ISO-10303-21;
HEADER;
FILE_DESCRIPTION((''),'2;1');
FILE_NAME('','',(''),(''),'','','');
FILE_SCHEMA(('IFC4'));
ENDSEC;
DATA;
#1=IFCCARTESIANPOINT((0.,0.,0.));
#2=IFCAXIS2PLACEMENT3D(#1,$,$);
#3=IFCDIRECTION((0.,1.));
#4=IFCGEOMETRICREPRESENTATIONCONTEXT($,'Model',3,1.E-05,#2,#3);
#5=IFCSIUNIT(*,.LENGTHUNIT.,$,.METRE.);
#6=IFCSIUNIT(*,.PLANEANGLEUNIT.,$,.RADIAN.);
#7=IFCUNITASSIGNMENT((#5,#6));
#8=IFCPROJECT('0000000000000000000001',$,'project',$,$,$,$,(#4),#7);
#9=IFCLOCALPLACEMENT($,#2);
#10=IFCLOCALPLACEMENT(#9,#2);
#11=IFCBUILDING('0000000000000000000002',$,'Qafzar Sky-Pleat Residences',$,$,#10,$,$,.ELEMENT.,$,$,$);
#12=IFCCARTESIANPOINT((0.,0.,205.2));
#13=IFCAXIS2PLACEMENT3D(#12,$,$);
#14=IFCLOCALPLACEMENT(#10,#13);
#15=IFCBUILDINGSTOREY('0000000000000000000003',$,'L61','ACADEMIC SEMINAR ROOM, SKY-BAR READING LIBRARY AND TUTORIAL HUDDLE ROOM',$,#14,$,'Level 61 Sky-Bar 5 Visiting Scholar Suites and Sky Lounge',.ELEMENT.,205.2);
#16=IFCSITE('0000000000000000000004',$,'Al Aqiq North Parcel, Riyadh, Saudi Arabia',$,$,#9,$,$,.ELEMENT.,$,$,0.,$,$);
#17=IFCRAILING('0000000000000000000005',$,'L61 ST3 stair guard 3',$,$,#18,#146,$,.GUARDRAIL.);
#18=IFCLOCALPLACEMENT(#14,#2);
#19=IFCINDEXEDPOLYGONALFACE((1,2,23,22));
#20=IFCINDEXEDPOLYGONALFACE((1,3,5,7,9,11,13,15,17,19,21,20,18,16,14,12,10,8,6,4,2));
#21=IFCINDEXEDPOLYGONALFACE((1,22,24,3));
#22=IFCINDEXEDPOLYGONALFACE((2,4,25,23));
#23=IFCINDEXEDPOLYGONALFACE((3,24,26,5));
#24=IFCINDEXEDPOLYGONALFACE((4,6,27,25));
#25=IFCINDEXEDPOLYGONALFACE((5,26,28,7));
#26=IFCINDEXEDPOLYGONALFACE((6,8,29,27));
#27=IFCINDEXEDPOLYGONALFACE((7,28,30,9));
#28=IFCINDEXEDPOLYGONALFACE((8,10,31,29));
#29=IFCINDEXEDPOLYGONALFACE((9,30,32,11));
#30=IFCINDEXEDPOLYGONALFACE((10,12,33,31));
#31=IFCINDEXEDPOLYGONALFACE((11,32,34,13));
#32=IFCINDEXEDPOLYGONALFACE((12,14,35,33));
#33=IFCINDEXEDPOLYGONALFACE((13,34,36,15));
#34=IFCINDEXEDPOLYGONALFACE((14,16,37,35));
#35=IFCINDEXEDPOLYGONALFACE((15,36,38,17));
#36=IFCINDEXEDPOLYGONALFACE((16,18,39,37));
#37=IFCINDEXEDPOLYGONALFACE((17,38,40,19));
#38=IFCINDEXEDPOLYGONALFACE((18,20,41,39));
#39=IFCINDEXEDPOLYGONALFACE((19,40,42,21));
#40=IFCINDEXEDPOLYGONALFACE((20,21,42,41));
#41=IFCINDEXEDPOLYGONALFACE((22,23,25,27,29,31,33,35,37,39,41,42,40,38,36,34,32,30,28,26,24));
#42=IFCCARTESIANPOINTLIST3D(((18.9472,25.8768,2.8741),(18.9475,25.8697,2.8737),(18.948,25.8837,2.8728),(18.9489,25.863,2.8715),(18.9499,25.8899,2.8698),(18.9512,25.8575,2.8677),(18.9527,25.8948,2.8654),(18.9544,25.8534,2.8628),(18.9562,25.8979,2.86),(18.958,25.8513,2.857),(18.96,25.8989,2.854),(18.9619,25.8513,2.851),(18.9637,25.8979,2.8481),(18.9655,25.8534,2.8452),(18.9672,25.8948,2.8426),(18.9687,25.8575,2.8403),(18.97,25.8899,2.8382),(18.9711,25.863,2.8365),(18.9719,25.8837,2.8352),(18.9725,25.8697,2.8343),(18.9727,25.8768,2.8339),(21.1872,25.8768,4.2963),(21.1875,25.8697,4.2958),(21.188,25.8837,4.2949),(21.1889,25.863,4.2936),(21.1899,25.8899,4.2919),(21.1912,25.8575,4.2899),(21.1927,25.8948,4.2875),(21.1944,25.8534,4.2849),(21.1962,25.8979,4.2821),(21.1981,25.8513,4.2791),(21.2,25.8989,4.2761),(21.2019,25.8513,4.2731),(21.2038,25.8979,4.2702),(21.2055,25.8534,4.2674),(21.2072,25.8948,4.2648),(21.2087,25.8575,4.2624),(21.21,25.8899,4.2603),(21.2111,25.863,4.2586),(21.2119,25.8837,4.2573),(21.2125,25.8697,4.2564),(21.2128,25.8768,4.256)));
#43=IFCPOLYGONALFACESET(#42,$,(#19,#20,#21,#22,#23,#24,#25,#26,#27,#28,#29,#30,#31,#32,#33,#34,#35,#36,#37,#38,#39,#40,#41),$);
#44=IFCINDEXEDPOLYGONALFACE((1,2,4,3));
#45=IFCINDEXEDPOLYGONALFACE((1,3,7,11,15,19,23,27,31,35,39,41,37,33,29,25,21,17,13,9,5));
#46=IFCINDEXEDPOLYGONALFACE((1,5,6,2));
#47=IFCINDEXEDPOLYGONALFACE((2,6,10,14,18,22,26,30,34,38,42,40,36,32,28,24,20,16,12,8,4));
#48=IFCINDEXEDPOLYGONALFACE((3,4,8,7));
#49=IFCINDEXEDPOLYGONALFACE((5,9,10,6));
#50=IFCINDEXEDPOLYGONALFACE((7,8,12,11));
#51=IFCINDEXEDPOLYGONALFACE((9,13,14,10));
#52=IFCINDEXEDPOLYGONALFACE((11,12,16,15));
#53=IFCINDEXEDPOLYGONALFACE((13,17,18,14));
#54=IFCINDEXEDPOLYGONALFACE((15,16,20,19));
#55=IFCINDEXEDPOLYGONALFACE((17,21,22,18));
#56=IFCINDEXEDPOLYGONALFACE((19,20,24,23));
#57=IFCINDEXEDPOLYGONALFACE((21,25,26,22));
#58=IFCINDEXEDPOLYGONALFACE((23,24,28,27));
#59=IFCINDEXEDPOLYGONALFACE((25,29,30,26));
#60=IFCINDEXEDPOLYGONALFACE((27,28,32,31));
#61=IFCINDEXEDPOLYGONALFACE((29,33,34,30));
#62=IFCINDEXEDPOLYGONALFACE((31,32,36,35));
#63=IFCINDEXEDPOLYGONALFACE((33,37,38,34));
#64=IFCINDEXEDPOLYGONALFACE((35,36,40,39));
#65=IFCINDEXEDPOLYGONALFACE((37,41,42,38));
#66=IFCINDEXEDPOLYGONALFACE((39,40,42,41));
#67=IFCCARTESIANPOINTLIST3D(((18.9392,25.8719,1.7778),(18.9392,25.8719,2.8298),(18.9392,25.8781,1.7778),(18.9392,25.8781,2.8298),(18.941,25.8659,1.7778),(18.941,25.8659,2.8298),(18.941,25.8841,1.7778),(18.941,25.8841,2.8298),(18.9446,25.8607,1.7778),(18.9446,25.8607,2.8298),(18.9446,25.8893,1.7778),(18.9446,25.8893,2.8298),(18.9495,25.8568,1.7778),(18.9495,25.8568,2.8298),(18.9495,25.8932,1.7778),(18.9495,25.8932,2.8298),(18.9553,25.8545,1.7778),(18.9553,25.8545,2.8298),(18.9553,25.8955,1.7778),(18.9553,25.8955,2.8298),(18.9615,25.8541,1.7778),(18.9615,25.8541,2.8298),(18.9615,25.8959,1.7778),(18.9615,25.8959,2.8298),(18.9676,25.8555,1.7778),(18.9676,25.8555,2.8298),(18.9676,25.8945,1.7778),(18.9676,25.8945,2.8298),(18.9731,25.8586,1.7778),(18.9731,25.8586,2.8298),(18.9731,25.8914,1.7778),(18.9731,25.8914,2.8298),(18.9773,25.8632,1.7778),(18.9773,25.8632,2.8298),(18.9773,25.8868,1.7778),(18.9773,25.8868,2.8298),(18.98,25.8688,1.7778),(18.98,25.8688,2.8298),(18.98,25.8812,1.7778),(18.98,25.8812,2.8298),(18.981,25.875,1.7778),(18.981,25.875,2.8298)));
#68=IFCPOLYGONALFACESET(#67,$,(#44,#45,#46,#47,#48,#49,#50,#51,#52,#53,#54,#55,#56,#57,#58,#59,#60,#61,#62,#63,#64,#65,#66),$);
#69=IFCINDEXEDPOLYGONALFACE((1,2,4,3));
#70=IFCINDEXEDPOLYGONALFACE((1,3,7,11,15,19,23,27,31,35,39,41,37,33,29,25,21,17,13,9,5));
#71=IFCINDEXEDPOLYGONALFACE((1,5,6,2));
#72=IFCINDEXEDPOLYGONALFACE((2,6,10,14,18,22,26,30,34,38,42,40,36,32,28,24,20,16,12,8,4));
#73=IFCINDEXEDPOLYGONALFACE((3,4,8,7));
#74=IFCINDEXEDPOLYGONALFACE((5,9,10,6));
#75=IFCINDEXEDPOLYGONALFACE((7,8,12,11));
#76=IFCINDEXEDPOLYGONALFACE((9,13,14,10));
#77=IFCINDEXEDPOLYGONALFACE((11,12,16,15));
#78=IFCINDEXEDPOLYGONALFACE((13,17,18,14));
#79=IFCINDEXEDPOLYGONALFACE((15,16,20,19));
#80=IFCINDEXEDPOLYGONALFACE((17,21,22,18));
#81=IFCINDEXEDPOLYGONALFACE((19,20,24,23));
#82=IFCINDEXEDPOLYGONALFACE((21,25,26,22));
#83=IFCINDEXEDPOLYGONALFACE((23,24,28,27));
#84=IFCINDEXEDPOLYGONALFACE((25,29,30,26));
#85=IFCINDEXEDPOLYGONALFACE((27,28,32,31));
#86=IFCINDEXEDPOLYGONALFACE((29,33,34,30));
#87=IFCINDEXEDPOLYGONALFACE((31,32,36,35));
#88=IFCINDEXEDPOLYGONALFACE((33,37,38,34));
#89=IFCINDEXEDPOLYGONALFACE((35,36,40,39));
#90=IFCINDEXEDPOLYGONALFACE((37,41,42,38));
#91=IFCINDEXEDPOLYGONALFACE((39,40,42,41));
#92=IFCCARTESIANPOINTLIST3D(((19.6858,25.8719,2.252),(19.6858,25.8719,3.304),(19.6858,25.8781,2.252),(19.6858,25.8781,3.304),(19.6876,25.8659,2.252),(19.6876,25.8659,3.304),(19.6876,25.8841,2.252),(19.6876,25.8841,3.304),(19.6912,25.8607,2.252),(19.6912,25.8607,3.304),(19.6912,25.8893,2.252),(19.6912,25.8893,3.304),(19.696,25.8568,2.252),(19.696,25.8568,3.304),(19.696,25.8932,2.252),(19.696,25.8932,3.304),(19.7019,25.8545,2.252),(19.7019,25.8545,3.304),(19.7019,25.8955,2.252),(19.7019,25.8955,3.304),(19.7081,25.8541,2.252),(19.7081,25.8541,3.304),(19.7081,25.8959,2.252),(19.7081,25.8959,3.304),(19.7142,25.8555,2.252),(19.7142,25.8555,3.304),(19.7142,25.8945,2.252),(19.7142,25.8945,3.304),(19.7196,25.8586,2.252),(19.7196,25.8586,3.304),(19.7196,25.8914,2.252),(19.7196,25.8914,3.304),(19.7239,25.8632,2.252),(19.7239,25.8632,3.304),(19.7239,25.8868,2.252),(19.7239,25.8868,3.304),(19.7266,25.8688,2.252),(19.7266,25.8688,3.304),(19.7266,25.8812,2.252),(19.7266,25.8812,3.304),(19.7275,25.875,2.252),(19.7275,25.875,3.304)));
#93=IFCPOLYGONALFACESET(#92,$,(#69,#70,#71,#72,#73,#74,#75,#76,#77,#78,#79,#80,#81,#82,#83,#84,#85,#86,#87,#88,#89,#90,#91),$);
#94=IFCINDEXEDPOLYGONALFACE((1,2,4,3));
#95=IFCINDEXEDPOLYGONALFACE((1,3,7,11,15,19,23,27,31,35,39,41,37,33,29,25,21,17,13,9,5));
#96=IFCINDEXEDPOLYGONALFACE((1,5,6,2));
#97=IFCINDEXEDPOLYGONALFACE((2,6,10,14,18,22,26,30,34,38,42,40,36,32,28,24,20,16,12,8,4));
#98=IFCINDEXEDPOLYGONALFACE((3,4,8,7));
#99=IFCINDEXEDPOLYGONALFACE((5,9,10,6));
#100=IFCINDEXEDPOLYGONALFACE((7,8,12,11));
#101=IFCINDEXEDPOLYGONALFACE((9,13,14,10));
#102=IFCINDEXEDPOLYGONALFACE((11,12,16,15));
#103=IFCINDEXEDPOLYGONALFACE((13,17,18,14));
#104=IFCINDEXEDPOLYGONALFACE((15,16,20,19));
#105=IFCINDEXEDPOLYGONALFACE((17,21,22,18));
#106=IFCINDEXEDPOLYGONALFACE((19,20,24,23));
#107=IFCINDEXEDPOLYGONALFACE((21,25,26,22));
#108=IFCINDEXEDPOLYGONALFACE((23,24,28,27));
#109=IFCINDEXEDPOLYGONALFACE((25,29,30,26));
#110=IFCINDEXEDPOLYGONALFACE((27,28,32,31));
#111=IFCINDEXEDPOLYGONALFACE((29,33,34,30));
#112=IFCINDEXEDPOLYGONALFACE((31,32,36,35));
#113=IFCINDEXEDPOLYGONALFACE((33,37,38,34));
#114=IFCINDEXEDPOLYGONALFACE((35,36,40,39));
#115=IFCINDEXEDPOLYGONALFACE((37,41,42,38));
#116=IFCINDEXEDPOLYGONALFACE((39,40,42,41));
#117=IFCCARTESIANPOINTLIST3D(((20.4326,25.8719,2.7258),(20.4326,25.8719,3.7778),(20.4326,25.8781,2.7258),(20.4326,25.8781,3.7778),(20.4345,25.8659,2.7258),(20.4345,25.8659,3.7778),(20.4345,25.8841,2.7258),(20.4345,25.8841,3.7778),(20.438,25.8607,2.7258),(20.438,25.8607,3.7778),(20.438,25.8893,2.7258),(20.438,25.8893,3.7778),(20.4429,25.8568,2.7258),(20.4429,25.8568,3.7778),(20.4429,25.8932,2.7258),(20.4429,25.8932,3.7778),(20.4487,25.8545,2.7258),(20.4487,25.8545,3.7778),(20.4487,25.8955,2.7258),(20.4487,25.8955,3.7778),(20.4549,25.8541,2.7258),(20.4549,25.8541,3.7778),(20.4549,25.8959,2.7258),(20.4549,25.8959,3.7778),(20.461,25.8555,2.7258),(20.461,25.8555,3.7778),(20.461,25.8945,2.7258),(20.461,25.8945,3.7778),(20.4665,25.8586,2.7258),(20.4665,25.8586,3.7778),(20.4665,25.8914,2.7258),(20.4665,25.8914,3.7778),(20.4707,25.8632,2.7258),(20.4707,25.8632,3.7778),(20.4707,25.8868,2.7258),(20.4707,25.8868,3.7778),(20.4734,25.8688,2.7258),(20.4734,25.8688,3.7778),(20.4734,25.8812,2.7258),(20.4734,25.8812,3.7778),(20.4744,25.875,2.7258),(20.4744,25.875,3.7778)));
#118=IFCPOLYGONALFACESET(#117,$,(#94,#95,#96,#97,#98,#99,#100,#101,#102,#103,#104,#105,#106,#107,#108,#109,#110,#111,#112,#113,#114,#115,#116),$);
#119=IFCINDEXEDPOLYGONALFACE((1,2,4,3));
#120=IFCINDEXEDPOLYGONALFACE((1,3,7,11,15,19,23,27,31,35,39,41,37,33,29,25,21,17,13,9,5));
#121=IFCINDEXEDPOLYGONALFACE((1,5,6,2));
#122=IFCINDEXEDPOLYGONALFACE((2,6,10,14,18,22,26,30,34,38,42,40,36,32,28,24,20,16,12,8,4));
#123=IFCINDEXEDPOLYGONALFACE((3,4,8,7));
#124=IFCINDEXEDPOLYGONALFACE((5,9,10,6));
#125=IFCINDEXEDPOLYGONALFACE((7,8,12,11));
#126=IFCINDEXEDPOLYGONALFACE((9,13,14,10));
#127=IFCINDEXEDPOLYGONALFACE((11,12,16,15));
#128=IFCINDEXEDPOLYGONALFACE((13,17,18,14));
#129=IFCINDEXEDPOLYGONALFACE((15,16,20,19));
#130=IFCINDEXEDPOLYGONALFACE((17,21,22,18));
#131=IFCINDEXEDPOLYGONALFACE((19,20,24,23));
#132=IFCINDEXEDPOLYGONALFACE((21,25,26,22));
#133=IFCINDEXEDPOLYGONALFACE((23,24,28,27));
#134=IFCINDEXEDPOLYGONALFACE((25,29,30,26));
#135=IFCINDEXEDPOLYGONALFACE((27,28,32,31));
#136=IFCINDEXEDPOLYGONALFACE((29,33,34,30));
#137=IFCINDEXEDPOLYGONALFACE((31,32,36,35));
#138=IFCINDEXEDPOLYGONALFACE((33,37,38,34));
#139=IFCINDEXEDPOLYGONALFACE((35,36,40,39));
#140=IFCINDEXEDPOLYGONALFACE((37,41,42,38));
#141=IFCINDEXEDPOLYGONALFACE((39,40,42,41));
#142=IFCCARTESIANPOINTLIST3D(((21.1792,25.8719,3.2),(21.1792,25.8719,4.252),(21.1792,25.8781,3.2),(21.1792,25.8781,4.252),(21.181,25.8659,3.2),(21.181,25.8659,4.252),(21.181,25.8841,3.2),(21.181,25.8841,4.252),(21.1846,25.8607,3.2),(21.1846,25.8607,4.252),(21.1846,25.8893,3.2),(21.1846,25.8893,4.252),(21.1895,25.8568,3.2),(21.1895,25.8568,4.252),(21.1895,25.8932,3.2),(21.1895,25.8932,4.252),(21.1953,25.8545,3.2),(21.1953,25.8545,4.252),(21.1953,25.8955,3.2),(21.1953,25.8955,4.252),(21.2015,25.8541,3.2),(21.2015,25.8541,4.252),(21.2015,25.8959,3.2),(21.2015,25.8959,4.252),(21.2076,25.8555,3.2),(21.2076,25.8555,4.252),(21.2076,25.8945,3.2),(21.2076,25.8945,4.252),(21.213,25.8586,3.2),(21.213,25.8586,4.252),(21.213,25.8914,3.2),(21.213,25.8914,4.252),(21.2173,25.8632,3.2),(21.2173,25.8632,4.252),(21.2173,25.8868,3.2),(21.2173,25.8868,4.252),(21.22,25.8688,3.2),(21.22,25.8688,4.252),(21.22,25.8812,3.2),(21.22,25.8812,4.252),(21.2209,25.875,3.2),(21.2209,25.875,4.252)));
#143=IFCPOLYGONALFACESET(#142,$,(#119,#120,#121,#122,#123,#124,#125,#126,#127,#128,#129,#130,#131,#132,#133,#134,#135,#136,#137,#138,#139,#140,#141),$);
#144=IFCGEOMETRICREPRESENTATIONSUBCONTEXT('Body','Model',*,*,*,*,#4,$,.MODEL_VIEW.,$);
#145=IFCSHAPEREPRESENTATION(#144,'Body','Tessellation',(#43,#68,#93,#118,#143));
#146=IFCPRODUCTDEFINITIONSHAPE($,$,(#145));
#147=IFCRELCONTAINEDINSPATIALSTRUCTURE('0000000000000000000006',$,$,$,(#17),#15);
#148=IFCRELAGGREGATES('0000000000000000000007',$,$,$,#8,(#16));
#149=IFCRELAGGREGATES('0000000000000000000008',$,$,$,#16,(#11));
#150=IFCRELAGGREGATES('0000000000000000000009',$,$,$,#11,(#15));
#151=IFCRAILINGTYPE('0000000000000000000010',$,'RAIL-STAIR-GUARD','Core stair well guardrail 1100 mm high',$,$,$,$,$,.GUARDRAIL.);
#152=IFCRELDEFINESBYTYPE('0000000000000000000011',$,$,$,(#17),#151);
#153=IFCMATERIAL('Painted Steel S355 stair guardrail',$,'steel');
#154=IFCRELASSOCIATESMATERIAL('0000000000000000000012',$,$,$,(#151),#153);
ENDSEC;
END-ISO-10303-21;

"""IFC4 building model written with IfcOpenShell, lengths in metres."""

from ifc_helpers import new_model, si_unit, direction, frame, origin, origin_2d, place, context, subcontext, project, spatial, circle, extrude, source, transform, mapped, material, type_object, element, save


model = new_model("IFC4")

# Units and contexts
model_context = context("Model", 3, precision=1e-05, world=origin(), true_north=direction((0.0, 1.0)))
body_context = subcontext(model_context, "Body", "Model", "MODEL_VIEW")
ifc_project = project(units=[si_unit("LENGTHUNIT", "METRE"), si_unit("PLANEANGLEUNIT", "RADIAN")], contexts=[model_context])

# Site, building, storey
site_placement = place(None, origin())
site = spatial("IfcSite", under=ifc_project, at=site_placement, Name="Al Aqiq North Parcel, Riyadh, Saudi Arabia", CompositionType="ELEMENT", RefElevation=0.0)
building_placement = place(site_placement, origin())
building = spatial("IfcBuilding", under=site, at=building_placement, Name="Qafzar Sky-Pleat Residences", CompositionType="ELEMENT")
storey_placement = place(building_placement, frame((0.0, 0.0, 205.2)))
storey = spatial("IfcBuildingStorey", under=building, at=storey_placement, Name="L61", Description="ACADEMIC SEMINAR ROOM, SKY-BAR READING LIBRARY AND TUTORIAL HUDDLE ROOM", LongName="Level 61 Sky-Bar 5 Visiting Scholar Suites and Sky Lounge", CompositionType="ELEMENT", Elevation=205.2)

# Railing
ifc_material_1 = material(Name="Painted Steel S355 stair guardrail", Category="steel")
railing_type_1 = type_object("IfcRailingType", Name="RAIL-STAIR-GUARD", Description="Core stair well guardrail 1100 mm high", PredefinedType="GUARDRAIL", material=ifc_material_1)
shared_shape_1 = source(origin(), body_context, "Body", "SweptSolid", [
    extrude(circle(Radius=0.0239, at=origin_2d()), frame((0.0, 0.0, 1.0762), z_axis=(0.844229, 0.0, 0.535982), x_axis=(0.0, 1.0, 0.0)), (0.0, 0.0, 1.0), 2.6533),
    extrude(circle(Radius=0.021, at=origin_2d()), origin(), (0.0, 0.0, 1.0), 1.052),
    extrude(circle(Radius=0.021, at=origin_2d()), frame((0.7466, 0.0, 0.4741)), (0.0, 0.0, 1.0), 1.052),
    extrude(circle(Radius=0.021, at=origin_2d()), frame((1.4934, 0.0, 0.948)), (0.0, 0.0, 1.0), 1.052),
    extrude(circle(Radius=0.021, at=origin_2d()), frame((2.24, 0.0, 1.4221)), (0.0, 0.0, 1.0), 1.052),
])
railing_1_placement = place(storey_placement, frame((18.96, 25.875, 1.7778)))
element("IfcRailing", 1, at=railing_1_placement, inside=storey, type_object=railing_type_1, Name="L61 ST3 stair guard 3", PredefinedType="GUARDRAIL", context=body_context, shape_type="MappedRepresentation", body=[
    mapped(shared_shape_1, transform((0.0, 0.0, 0.0), x_axis=(1.0, 0.0, 0.0), y_axis=(0.0, 1.0, 0.0), z_axis=(0.0, 0.0, 1.0), scale=1.0)),
])

save(model, "model.ifc")
